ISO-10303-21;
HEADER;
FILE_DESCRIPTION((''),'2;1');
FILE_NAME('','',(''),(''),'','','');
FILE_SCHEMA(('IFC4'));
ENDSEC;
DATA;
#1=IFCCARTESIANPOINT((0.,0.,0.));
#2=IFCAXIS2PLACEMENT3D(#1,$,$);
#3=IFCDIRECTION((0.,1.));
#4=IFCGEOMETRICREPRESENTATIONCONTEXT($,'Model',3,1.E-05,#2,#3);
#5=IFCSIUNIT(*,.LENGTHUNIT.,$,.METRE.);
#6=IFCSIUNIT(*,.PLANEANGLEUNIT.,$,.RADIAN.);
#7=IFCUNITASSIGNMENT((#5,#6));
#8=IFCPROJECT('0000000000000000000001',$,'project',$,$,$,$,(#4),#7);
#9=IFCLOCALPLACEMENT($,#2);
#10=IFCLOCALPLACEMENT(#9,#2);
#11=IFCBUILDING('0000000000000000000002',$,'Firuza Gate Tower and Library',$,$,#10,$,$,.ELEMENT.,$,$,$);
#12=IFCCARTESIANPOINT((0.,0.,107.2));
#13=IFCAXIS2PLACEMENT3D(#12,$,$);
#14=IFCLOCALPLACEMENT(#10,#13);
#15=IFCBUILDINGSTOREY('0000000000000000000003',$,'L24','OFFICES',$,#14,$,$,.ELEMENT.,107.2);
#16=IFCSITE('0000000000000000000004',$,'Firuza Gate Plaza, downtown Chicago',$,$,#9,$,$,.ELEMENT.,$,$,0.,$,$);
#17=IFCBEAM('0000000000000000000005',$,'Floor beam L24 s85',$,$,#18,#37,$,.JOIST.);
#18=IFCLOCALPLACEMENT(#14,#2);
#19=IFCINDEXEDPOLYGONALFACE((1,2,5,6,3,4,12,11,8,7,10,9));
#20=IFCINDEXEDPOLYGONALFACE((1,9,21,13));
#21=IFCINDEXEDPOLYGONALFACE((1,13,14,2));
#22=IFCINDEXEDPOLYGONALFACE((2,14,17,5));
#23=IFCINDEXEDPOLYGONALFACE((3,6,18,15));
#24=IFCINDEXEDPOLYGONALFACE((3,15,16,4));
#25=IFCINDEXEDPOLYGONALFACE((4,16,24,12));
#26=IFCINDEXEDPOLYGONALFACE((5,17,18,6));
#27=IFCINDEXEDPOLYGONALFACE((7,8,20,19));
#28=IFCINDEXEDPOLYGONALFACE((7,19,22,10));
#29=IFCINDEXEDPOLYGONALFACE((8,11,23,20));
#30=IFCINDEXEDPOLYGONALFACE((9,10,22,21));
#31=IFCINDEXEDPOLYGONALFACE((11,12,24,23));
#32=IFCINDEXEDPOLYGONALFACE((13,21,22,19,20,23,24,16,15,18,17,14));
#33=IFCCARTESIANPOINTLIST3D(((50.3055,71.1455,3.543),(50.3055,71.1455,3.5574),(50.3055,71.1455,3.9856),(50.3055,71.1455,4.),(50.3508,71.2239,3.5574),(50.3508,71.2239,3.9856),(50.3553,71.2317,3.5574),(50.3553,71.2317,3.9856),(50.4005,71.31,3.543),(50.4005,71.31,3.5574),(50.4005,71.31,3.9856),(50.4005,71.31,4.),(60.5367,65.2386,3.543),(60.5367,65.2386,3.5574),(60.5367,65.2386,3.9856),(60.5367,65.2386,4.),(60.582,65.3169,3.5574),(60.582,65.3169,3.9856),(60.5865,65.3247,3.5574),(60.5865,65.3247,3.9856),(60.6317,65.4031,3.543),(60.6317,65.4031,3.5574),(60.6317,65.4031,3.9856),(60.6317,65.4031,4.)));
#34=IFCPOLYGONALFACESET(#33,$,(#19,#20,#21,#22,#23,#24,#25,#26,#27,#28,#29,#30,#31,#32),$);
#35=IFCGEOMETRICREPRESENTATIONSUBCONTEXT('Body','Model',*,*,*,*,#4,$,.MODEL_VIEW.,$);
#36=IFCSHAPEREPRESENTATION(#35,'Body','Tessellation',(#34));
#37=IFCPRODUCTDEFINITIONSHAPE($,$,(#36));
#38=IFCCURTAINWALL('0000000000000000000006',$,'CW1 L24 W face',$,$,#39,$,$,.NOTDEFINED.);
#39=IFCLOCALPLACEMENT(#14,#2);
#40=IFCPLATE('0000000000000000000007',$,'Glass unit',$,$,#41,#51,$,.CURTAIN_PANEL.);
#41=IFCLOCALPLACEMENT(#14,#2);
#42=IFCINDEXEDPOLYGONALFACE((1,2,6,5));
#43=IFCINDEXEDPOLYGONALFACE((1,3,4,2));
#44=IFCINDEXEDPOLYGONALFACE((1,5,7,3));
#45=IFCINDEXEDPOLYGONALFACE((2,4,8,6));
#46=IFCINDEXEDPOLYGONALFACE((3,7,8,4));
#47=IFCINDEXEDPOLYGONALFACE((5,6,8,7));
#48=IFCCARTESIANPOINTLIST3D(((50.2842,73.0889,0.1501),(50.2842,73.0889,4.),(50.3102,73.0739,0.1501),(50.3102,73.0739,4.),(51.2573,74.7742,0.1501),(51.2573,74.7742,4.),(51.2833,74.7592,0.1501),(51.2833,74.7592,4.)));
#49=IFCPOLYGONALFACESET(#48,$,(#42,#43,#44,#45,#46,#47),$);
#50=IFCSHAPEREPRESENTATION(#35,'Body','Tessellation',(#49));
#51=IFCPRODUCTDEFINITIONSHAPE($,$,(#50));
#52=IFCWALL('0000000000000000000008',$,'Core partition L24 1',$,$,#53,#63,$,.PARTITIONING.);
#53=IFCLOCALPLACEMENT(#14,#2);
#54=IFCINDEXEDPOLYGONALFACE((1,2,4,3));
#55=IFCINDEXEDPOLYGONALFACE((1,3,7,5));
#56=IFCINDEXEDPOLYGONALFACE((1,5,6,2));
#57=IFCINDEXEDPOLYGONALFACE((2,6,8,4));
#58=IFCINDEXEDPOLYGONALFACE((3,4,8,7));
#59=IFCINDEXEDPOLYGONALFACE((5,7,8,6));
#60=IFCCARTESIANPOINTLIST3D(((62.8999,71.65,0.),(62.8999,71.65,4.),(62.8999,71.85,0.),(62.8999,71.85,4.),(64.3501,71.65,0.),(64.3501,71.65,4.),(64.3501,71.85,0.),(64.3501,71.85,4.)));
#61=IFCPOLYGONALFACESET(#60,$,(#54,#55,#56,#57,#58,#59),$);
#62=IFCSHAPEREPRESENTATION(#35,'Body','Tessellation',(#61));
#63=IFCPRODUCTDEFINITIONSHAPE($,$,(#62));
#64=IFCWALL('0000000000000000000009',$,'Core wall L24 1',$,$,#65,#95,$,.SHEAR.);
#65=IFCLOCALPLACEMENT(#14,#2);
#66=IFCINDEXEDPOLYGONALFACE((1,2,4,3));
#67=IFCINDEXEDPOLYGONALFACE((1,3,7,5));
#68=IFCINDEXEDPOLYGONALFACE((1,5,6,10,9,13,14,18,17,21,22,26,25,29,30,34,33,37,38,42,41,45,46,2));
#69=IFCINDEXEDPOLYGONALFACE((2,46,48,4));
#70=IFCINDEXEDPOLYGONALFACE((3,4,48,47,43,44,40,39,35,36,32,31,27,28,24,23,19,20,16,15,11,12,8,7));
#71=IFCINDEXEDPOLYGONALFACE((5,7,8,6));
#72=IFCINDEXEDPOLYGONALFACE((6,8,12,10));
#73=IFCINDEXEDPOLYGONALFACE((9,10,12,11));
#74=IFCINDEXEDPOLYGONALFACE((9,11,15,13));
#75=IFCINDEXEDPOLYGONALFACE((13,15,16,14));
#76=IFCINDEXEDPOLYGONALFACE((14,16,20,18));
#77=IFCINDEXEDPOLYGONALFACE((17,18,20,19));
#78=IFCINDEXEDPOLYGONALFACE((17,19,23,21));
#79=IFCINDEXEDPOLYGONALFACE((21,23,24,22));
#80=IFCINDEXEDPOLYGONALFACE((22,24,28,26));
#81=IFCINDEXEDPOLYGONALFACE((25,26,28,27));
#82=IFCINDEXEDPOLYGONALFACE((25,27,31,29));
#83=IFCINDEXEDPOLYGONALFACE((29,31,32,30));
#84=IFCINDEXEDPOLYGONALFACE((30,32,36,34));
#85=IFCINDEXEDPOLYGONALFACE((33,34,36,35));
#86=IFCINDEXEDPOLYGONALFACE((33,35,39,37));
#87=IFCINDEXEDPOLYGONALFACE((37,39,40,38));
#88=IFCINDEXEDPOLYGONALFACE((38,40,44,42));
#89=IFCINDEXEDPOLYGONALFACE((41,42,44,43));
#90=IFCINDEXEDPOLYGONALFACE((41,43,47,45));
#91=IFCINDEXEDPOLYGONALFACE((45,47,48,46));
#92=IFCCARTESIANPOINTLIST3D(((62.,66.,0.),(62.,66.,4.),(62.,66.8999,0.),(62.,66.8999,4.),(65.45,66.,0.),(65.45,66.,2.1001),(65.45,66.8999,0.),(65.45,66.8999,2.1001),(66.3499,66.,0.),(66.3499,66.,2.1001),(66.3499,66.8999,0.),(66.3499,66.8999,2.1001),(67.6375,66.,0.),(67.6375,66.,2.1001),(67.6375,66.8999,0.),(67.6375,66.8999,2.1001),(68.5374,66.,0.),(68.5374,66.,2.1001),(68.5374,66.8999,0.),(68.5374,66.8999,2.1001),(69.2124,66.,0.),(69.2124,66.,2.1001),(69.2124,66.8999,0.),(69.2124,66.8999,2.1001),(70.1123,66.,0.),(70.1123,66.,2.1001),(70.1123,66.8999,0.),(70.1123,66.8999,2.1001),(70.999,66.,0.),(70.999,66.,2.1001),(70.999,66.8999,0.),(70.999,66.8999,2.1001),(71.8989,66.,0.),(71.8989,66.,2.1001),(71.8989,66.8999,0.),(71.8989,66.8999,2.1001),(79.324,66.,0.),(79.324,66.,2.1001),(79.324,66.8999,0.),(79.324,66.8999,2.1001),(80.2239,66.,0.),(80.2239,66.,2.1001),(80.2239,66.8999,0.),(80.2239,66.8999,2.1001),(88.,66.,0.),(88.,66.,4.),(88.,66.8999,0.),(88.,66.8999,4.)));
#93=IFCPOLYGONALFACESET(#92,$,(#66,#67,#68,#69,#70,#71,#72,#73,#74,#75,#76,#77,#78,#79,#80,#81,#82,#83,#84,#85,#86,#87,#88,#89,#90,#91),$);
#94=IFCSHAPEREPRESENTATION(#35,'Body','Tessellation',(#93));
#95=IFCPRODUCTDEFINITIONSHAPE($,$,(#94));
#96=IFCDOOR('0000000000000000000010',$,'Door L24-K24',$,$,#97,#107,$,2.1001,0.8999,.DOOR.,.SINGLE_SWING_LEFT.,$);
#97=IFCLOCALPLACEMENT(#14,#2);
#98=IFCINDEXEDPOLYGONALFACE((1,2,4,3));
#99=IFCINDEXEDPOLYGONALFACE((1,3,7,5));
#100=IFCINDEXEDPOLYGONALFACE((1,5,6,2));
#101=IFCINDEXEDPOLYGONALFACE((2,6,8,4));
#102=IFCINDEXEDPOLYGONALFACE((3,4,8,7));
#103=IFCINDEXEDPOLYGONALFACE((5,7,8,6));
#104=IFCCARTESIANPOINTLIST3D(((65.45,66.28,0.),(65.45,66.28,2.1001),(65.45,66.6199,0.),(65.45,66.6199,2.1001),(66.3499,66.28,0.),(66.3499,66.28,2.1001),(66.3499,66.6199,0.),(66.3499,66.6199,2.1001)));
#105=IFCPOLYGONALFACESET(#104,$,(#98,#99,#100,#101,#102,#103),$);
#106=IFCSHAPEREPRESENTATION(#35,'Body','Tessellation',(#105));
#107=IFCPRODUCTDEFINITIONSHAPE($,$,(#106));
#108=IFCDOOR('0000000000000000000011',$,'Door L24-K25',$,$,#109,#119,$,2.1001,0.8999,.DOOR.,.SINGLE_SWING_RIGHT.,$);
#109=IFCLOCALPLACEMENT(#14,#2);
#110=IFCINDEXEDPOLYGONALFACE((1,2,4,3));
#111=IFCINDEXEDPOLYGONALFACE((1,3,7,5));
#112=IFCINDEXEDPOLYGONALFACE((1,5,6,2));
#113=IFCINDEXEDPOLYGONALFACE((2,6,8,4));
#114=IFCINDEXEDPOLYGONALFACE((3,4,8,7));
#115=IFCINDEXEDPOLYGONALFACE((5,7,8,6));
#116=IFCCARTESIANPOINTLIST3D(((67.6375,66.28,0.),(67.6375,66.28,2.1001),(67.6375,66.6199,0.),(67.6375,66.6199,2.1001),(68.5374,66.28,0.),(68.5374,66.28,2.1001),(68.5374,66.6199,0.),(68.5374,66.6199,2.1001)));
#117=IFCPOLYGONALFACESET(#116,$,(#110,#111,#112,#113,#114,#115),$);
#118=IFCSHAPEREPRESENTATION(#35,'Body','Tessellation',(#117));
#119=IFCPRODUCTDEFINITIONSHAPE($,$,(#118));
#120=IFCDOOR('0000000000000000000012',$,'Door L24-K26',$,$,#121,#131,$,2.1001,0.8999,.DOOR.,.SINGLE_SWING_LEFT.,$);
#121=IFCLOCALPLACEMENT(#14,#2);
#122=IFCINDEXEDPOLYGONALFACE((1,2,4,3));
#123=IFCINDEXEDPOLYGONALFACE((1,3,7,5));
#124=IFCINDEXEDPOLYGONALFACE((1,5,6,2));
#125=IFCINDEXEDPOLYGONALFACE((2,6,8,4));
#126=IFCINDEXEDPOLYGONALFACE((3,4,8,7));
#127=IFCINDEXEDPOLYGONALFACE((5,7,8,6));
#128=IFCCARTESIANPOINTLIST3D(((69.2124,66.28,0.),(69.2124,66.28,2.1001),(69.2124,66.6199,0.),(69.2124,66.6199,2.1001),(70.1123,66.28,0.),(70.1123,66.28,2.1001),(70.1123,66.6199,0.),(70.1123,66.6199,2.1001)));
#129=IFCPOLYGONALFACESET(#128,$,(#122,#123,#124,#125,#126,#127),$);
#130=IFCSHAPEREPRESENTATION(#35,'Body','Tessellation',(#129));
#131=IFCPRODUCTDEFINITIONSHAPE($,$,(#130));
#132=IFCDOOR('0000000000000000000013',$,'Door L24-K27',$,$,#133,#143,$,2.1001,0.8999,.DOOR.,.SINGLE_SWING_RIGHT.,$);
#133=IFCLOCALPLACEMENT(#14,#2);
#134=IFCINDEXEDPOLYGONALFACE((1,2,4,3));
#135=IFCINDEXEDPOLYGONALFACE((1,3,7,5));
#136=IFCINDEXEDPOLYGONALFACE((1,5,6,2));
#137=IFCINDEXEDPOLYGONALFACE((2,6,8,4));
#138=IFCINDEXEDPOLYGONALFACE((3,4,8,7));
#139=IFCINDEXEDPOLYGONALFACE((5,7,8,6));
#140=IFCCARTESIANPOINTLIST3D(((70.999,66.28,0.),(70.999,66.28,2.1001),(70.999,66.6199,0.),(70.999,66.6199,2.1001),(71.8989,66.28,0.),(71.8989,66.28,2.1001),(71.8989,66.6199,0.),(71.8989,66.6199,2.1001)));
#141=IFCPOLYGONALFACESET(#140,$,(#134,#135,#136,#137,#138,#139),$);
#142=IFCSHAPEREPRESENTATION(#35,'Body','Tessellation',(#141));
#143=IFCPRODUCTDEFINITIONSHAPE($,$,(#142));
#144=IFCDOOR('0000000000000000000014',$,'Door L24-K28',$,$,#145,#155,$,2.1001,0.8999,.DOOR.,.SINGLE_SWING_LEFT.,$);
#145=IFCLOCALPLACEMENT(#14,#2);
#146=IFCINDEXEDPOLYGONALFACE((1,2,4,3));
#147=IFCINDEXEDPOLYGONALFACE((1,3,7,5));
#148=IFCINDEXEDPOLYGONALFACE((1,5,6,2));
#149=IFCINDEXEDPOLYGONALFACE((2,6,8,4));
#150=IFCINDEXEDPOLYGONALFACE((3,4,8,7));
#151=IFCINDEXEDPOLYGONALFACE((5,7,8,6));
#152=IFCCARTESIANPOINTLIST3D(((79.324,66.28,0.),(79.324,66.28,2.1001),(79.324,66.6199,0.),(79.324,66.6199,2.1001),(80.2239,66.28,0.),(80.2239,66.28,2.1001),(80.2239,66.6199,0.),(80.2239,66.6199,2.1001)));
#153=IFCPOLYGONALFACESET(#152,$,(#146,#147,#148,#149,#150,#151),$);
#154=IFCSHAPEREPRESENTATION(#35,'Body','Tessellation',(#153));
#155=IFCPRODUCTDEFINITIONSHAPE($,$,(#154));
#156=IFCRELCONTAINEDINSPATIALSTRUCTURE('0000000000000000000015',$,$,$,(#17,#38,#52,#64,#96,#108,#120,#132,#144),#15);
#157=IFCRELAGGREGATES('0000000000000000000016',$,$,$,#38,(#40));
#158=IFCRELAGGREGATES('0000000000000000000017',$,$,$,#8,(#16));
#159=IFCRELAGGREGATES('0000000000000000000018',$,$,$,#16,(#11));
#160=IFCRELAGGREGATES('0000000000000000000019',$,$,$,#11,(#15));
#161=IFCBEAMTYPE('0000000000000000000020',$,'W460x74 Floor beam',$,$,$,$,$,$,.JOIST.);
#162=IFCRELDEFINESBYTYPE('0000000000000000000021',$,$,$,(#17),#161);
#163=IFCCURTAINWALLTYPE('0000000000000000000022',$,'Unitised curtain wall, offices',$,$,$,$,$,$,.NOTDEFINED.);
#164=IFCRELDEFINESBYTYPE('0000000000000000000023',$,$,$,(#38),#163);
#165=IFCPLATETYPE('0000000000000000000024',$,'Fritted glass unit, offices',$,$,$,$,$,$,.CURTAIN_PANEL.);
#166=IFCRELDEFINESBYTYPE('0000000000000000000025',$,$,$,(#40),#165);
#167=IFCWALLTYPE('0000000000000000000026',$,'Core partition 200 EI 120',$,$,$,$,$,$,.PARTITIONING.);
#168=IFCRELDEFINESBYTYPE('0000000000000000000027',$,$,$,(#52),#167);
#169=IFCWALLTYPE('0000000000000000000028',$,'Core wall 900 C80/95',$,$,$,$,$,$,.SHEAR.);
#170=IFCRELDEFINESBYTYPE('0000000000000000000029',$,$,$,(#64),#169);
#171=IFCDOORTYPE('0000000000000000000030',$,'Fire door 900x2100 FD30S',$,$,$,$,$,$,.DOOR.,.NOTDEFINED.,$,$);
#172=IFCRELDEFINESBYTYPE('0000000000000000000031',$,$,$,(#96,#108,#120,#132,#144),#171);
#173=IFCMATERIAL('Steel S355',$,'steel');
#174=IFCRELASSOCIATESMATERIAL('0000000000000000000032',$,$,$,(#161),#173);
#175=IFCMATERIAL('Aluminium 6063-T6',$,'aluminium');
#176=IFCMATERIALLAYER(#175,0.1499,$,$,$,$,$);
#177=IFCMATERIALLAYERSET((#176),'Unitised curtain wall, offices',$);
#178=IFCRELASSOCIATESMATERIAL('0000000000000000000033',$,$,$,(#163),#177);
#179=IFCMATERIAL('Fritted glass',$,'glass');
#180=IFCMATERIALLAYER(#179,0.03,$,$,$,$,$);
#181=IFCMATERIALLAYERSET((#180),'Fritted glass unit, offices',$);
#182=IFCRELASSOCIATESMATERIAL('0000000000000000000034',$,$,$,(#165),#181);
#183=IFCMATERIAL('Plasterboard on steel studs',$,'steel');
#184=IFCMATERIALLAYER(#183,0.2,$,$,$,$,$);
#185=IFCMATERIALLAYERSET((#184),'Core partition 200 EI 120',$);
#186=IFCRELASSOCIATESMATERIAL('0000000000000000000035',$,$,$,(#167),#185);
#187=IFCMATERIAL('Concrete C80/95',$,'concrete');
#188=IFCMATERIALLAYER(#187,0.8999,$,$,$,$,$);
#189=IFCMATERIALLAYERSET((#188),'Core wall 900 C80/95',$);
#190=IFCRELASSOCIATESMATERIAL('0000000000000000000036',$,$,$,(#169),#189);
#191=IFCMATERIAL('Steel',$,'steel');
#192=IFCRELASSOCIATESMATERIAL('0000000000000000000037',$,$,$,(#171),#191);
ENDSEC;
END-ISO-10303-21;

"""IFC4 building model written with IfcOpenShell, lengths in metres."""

from ifc_helpers import new_model, si_unit, direction, frame, frame_2d, origin, origin_2d, place, context, subcontext, project, spatial, polyline, rectangle, i_section, outline, extrude, material, layer, layer_set, material_profile, profile_set, type_object, element, fill, aggregate, save


model = new_model("IFC4")

# Units and contexts
model_context = context("Model", 3, precision=1e-05, world=origin(), true_north=direction((0.0, 1.0)))
body_context = subcontext(model_context, "Body", "Model", "MODEL_VIEW")
ifc_project = project(units=[si_unit("LENGTHUNIT", "METRE"), si_unit("PLANEANGLEUNIT", "RADIAN")], contexts=[model_context])

# Site, building, storey
site_placement = place(None, origin())
site = spatial("IfcSite", under=ifc_project, at=site_placement, Name="Firuza Gate Plaza, downtown Chicago", CompositionType="ELEMENT", RefElevation=0.0)
building_placement = place(site_placement, origin())
building = spatial("IfcBuilding", under=site, at=building_placement, Name="Firuza Gate Tower and Library", CompositionType="ELEMENT")
storey_placement = place(building_placement, frame((0.0, 0.0, 107.2)))
storey = spatial("IfcBuildingStorey", under=building, at=storey_placement, Name="L24", Description="OFFICES", CompositionType="ELEMENT", Elevation=107.2)

# Beam
ifc_material_1 = material(Name="Steel S355", Category="steel")
ifc_material_profile = material_profile(ifc_material_1, i_section(OverallWidth=0.1899, OverallDepth=0.457, WebThickness=0.009, FlangeThickness=0.0144, at=origin_2d()))
ifc_profile_set = profile_set([ifc_material_profile], Name="Steel S355")
beam_type = type_object("IfcBeamType", Name="W460x74 Floor beam", PredefinedType="JOIST", material=ifc_profile_set)
beam_placement = place(storey_placement, frame((50.353, 71.2278, 3.7715), z_axis=(0.866026, -0.5, 0.0), x_axis=(0.5, 0.866026, 0.0)))
element("IfcBeam", 1, at=beam_placement, inside=storey, type_object=beam_type, Name="Floor beam L24 s85", PredefinedType="JOIST", context=body_context, shape_type="SweptSolid", body=[
    extrude(i_section(OverallWidth=0.1899, OverallDepth=0.457, WebThickness=0.009, FlangeThickness=0.0144, at=origin_2d()), origin(), (0.0, 0.0, 1.0), 11.814),
])

# Curtain wall, plate
ifc_material_2 = material(Name="Aluminium 6063-T6", Category="aluminium")
ifc_layer_1 = layer(ifc_material_2, 0.1499)
ifc_layer_set_1 = layer_set([ifc_layer_1], Name="Unitised curtain wall, offices")
curtain_wall_type = type_object("IfcCurtainWallType", Name="Unitised curtain wall, offices", PredefinedType="NOTDEFINED", material=ifc_layer_set_1)
curtain_wall_placement = place(storey_placement, origin())
curtain_wall = element("IfcCurtainWall", 2, at=curtain_wall_placement, inside=storey, type_object=curtain_wall_type, Name="CW1 L24 W face", PredefinedType="NOTDEFINED")
ifc_material_3 = material(Name="Fritted glass", Category="glass")
ifc_layer_2 = layer(ifc_material_3, 0.03)
ifc_layer_set_2 = layer_set([ifc_layer_2], Name="Fritted glass unit, offices")
plate_type = type_object("IfcPlateType", Name="Fritted glass unit, offices", PredefinedType="CURTAIN_PANEL", material=ifc_layer_set_2)
plate_placement = place(storey_placement, frame((51.2573, 74.7742, 0.1501), z_axis=(-0.865995, 0.500052, 0.0), x_axis=(-0.500052, -0.865995, 0.0)))
plate = element("IfcPlate", 3, at=plate_placement, type_object=plate_type, Name="Glass unit", PredefinedType="CURTAIN_PANEL", context=body_context, shape_type="SweptSolid", body=[
    extrude(outline(polyline([(0.0, 0.0), (1.9461, 0.0), (1.9461, 3.8499), (0.0, 3.8499), (0.0, 0.0)])), origin(), (0.0, 0.0, -1.0), 0.03),
])
aggregate(curtain_wall, [plate])

# Wall
ifc_material_4 = material(Name="Plasterboard on steel studs", Category="steel")
ifc_layer_3 = layer(ifc_material_4, 0.2)
ifc_layer_set_3 = layer_set([ifc_layer_3], Name="Core partition 200 EI 120")
wall_type_1 = type_object("IfcWallType", Name="Core partition 200 EI 120", PredefinedType="PARTITIONING", material=ifc_layer_set_3)
wall_1_placement = place(storey_placement, frame((62.8999, 71.75, 0.0), z_axis=(0.0, 0.0, 1.0), x_axis=(1.0, 0.0, 0.0)))
element("IfcWall", 4, at=wall_1_placement, inside=storey, type_object=wall_type_1, Name="Core partition L24 1", PredefinedType="PARTITIONING", context=body_context, shape_type="SweptSolid", body=[
    extrude(rectangle(XDim=1.4502, YDim=0.2, at=frame_2d((0.7251, 0.0))), origin(), (0.0, 0.0, 1.0), 4.0),
])

# Wall, openings, doors
ifc_material_5 = material(Name="Concrete C80/95", Category="concrete")
ifc_layer_4 = layer(ifc_material_5, 0.8999)
ifc_layer_set_4 = layer_set([ifc_layer_4], Name="Core wall 900 C80/95")
wall_type_2 = type_object("IfcWallType", Name="Core wall 900 C80/95", PredefinedType="SHEAR", material=ifc_layer_set_4)
wall_2_placement = place(storey_placement, frame((62.0, 66.45, 0.0), z_axis=(0.0, 0.0, 1.0), x_axis=(1.0, 0.0, 0.0)))
wall_2 = element("IfcWall", 5, at=wall_2_placement, inside=storey, type_object=wall_type_2, Name="Core wall L24 1", PredefinedType="SHEAR", context=body_context, shape_type="SweptSolid", body=[
    extrude(rectangle(XDim=26.0, YDim=0.8999, at=frame_2d((13.0, 0.0))), origin(), (0.0, 0.0, 1.0), 4.0),
])
opening_1_placement = place(wall_2_placement, frame((3.45, 0.0, 0.0)))
opening_1 = element("IfcOpeningElement", 6, at=opening_1_placement, cuts=wall_2, PredefinedType="OPENING", context=body_context, shape_type="SweptSolid", body=[
    extrude(rectangle(XDim=0.8999, YDim=2.1001, at=frame_2d((0.45, 1.05))), frame((0.0, 0.46, 0.0), z_axis=(0.0, -1.0, 0.0), x_axis=(1.0, 0.0, 0.0)), (0.0, 0.0, 1.0), 0.9199),
])
opening_2_placement = place(wall_2_placement, frame((5.6375, 0.0, 0.0)))
opening_2 = element("IfcOpeningElement", 7, at=opening_2_placement, cuts=wall_2, PredefinedType="OPENING", context=body_context, shape_type="SweptSolid", body=[
    extrude(rectangle(XDim=0.8999, YDim=2.1001, at=frame_2d((0.45, 1.05))), frame((0.0, 0.46, 0.0), z_axis=(0.0, -1.0, 0.0), x_axis=(1.0, 0.0, 0.0)), (0.0, 0.0, 1.0), 0.9199),
])
opening_3_placement = place(wall_2_placement, frame((7.2124, 0.0, 0.0)))
opening_3 = element("IfcOpeningElement", 8, at=opening_3_placement, cuts=wall_2, PredefinedType="OPENING", context=body_context, shape_type="SweptSolid", body=[
    extrude(rectangle(XDim=0.8999, YDim=2.1001, at=frame_2d((0.45, 1.05))), frame((0.0, 0.46, 0.0), z_axis=(0.0, -1.0, 0.0), x_axis=(1.0, 0.0, 0.0)), (0.0, 0.0, 1.0), 0.9199),
])
opening_4_placement = place(wall_2_placement, frame((8.999, 0.0, 0.0)))
opening_4 = element("IfcOpeningElement", 9, at=opening_4_placement, cuts=wall_2, PredefinedType="OPENING", context=body_context, shape_type="SweptSolid", body=[
    extrude(rectangle(XDim=0.8999, YDim=2.1001, at=frame_2d((0.45, 1.05))), frame((0.0, 0.46, 0.0), z_axis=(0.0, -1.0, 0.0), x_axis=(1.0, 0.0, 0.0)), (0.0, 0.0, 1.0), 0.9199),
])
opening_5_placement = place(wall_2_placement, frame((17.324, 0.0, 0.0)))
opening_5 = element("IfcOpeningElement", 10, at=opening_5_placement, cuts=wall_2, PredefinedType="OPENING", context=body_context, shape_type="SweptSolid", body=[
    extrude(rectangle(XDim=0.8999, YDim=2.1001, at=frame_2d((0.45, 1.05))), frame((0.0, 0.46, 0.0), z_axis=(0.0, -1.0, 0.0), x_axis=(1.0, 0.0, 0.0)), (0.0, 0.0, 1.0), 0.9199),
])
ifc_material_6 = material(Name="Steel", Category="steel")
door_type_1 = type_object("IfcDoorType", Name="Fire door 900x2100 FD30S", OperationType="NOTDEFINED", PredefinedType="DOOR", material=ifc_material_6)
door_1_placement = place(opening_1_placement, origin())
door_1 = element("IfcDoor", 11, at=door_1_placement, inside=storey, type_object=door_type_1, Name="Door L24-K24", OperationType="SINGLE_SWING_LEFT", OverallHeight=2.1001, OverallWidth=0.8999, PredefinedType="DOOR", context=body_context, shape_type="SweptSolid", body=[
    extrude(rectangle(XDim=0.8999, YDim=2.1001, at=frame_2d((0.45, 1.05))), frame((0.0, 0.1699, 0.0), z_axis=(0.0, -1.0, 0.0), x_axis=(1.0, 0.0, 0.0)), (0.0, 0.0, 1.0), 0.3398),
])
fill(opening_1, door_1)
door_2_placement = place(opening_2_placement, origin())
door_2 = element("IfcDoor", 12, at=door_2_placement, inside=storey, type_object=door_type_1, Name="Door L24-K25", OperationType="SINGLE_SWING_RIGHT", OverallHeight=2.1001, OverallWidth=0.8999, PredefinedType="DOOR", context=body_context, shape_type="SweptSolid", body=[
    extrude(rectangle(XDim=0.8999, YDim=2.1001, at=frame_2d((0.45, 1.05))), frame((0.0, 0.1699, 0.0), z_axis=(0.0, -1.0, 0.0), x_axis=(1.0, 0.0, 0.0)), (0.0, 0.0, 1.0), 0.3398),
])
fill(opening_2, door_2)
door_3_placement = place(opening_3_placement, origin())
door_3 = element("IfcDoor", 13, at=door_3_placement, inside=storey, type_object=door_type_1, Name="Door L24-K26", OperationType="SINGLE_SWING_LEFT", OverallHeight=2.1001, OverallWidth=0.8999, PredefinedType="DOOR", context=body_context, shape_type="SweptSolid", body=[
    extrude(rectangle(XDim=0.8999, YDim=2.1001, at=frame_2d((0.45, 1.05))), frame((0.0, 0.1699, 0.0), z_axis=(0.0, -1.0, 0.0), x_axis=(1.0, 0.0, 0.0)), (0.0, 0.0, 1.0), 0.3398),
])
fill(opening_3, door_3)
door_4_placement = place(opening_4_placement, origin())
door_4 = element("IfcDoor", 14, at=door_4_placement, inside=storey, type_object=door_type_1, Name="Door L24-K27", OperationType="SINGLE_SWING_RIGHT", OverallHeight=2.1001, OverallWidth=0.8999, PredefinedType="DOOR", context=body_context, shape_type="SweptSolid", body=[
    extrude(rectangle(XDim=0.8999, YDim=2.1001, at=frame_2d((0.45, 1.05))), frame((0.0, 0.1699, 0.0), z_axis=(0.0, -1.0, 0.0), x_axis=(1.0, 0.0, 0.0)), (0.0, 0.0, 1.0), 0.3398),
])
fill(opening_4, door_4)
door_5_placement = place(opening_5_placement, origin())
door_5 = element("IfcDoor", 15, at=door_5_placement, inside=storey, type_object=door_type_1, Name="Door L24-K28", OperationType="SINGLE_SWING_LEFT", OverallHeight=2.1001, OverallWidth=0.8999, PredefinedType="DOOR", context=body_context, shape_type="SweptSolid", body=[
    extrude(rectangle(XDim=0.8999, YDim=2.1001, at=frame_2d((0.45, 1.05))), frame((0.0, 0.1699, 0.0), z_axis=(0.0, -1.0, 0.0), x_axis=(1.0, 0.0, 0.0)), (0.0, 0.0, 1.0), 0.3398),
])
fill(opening_5, door_5)

save(model, "model.ifc")
